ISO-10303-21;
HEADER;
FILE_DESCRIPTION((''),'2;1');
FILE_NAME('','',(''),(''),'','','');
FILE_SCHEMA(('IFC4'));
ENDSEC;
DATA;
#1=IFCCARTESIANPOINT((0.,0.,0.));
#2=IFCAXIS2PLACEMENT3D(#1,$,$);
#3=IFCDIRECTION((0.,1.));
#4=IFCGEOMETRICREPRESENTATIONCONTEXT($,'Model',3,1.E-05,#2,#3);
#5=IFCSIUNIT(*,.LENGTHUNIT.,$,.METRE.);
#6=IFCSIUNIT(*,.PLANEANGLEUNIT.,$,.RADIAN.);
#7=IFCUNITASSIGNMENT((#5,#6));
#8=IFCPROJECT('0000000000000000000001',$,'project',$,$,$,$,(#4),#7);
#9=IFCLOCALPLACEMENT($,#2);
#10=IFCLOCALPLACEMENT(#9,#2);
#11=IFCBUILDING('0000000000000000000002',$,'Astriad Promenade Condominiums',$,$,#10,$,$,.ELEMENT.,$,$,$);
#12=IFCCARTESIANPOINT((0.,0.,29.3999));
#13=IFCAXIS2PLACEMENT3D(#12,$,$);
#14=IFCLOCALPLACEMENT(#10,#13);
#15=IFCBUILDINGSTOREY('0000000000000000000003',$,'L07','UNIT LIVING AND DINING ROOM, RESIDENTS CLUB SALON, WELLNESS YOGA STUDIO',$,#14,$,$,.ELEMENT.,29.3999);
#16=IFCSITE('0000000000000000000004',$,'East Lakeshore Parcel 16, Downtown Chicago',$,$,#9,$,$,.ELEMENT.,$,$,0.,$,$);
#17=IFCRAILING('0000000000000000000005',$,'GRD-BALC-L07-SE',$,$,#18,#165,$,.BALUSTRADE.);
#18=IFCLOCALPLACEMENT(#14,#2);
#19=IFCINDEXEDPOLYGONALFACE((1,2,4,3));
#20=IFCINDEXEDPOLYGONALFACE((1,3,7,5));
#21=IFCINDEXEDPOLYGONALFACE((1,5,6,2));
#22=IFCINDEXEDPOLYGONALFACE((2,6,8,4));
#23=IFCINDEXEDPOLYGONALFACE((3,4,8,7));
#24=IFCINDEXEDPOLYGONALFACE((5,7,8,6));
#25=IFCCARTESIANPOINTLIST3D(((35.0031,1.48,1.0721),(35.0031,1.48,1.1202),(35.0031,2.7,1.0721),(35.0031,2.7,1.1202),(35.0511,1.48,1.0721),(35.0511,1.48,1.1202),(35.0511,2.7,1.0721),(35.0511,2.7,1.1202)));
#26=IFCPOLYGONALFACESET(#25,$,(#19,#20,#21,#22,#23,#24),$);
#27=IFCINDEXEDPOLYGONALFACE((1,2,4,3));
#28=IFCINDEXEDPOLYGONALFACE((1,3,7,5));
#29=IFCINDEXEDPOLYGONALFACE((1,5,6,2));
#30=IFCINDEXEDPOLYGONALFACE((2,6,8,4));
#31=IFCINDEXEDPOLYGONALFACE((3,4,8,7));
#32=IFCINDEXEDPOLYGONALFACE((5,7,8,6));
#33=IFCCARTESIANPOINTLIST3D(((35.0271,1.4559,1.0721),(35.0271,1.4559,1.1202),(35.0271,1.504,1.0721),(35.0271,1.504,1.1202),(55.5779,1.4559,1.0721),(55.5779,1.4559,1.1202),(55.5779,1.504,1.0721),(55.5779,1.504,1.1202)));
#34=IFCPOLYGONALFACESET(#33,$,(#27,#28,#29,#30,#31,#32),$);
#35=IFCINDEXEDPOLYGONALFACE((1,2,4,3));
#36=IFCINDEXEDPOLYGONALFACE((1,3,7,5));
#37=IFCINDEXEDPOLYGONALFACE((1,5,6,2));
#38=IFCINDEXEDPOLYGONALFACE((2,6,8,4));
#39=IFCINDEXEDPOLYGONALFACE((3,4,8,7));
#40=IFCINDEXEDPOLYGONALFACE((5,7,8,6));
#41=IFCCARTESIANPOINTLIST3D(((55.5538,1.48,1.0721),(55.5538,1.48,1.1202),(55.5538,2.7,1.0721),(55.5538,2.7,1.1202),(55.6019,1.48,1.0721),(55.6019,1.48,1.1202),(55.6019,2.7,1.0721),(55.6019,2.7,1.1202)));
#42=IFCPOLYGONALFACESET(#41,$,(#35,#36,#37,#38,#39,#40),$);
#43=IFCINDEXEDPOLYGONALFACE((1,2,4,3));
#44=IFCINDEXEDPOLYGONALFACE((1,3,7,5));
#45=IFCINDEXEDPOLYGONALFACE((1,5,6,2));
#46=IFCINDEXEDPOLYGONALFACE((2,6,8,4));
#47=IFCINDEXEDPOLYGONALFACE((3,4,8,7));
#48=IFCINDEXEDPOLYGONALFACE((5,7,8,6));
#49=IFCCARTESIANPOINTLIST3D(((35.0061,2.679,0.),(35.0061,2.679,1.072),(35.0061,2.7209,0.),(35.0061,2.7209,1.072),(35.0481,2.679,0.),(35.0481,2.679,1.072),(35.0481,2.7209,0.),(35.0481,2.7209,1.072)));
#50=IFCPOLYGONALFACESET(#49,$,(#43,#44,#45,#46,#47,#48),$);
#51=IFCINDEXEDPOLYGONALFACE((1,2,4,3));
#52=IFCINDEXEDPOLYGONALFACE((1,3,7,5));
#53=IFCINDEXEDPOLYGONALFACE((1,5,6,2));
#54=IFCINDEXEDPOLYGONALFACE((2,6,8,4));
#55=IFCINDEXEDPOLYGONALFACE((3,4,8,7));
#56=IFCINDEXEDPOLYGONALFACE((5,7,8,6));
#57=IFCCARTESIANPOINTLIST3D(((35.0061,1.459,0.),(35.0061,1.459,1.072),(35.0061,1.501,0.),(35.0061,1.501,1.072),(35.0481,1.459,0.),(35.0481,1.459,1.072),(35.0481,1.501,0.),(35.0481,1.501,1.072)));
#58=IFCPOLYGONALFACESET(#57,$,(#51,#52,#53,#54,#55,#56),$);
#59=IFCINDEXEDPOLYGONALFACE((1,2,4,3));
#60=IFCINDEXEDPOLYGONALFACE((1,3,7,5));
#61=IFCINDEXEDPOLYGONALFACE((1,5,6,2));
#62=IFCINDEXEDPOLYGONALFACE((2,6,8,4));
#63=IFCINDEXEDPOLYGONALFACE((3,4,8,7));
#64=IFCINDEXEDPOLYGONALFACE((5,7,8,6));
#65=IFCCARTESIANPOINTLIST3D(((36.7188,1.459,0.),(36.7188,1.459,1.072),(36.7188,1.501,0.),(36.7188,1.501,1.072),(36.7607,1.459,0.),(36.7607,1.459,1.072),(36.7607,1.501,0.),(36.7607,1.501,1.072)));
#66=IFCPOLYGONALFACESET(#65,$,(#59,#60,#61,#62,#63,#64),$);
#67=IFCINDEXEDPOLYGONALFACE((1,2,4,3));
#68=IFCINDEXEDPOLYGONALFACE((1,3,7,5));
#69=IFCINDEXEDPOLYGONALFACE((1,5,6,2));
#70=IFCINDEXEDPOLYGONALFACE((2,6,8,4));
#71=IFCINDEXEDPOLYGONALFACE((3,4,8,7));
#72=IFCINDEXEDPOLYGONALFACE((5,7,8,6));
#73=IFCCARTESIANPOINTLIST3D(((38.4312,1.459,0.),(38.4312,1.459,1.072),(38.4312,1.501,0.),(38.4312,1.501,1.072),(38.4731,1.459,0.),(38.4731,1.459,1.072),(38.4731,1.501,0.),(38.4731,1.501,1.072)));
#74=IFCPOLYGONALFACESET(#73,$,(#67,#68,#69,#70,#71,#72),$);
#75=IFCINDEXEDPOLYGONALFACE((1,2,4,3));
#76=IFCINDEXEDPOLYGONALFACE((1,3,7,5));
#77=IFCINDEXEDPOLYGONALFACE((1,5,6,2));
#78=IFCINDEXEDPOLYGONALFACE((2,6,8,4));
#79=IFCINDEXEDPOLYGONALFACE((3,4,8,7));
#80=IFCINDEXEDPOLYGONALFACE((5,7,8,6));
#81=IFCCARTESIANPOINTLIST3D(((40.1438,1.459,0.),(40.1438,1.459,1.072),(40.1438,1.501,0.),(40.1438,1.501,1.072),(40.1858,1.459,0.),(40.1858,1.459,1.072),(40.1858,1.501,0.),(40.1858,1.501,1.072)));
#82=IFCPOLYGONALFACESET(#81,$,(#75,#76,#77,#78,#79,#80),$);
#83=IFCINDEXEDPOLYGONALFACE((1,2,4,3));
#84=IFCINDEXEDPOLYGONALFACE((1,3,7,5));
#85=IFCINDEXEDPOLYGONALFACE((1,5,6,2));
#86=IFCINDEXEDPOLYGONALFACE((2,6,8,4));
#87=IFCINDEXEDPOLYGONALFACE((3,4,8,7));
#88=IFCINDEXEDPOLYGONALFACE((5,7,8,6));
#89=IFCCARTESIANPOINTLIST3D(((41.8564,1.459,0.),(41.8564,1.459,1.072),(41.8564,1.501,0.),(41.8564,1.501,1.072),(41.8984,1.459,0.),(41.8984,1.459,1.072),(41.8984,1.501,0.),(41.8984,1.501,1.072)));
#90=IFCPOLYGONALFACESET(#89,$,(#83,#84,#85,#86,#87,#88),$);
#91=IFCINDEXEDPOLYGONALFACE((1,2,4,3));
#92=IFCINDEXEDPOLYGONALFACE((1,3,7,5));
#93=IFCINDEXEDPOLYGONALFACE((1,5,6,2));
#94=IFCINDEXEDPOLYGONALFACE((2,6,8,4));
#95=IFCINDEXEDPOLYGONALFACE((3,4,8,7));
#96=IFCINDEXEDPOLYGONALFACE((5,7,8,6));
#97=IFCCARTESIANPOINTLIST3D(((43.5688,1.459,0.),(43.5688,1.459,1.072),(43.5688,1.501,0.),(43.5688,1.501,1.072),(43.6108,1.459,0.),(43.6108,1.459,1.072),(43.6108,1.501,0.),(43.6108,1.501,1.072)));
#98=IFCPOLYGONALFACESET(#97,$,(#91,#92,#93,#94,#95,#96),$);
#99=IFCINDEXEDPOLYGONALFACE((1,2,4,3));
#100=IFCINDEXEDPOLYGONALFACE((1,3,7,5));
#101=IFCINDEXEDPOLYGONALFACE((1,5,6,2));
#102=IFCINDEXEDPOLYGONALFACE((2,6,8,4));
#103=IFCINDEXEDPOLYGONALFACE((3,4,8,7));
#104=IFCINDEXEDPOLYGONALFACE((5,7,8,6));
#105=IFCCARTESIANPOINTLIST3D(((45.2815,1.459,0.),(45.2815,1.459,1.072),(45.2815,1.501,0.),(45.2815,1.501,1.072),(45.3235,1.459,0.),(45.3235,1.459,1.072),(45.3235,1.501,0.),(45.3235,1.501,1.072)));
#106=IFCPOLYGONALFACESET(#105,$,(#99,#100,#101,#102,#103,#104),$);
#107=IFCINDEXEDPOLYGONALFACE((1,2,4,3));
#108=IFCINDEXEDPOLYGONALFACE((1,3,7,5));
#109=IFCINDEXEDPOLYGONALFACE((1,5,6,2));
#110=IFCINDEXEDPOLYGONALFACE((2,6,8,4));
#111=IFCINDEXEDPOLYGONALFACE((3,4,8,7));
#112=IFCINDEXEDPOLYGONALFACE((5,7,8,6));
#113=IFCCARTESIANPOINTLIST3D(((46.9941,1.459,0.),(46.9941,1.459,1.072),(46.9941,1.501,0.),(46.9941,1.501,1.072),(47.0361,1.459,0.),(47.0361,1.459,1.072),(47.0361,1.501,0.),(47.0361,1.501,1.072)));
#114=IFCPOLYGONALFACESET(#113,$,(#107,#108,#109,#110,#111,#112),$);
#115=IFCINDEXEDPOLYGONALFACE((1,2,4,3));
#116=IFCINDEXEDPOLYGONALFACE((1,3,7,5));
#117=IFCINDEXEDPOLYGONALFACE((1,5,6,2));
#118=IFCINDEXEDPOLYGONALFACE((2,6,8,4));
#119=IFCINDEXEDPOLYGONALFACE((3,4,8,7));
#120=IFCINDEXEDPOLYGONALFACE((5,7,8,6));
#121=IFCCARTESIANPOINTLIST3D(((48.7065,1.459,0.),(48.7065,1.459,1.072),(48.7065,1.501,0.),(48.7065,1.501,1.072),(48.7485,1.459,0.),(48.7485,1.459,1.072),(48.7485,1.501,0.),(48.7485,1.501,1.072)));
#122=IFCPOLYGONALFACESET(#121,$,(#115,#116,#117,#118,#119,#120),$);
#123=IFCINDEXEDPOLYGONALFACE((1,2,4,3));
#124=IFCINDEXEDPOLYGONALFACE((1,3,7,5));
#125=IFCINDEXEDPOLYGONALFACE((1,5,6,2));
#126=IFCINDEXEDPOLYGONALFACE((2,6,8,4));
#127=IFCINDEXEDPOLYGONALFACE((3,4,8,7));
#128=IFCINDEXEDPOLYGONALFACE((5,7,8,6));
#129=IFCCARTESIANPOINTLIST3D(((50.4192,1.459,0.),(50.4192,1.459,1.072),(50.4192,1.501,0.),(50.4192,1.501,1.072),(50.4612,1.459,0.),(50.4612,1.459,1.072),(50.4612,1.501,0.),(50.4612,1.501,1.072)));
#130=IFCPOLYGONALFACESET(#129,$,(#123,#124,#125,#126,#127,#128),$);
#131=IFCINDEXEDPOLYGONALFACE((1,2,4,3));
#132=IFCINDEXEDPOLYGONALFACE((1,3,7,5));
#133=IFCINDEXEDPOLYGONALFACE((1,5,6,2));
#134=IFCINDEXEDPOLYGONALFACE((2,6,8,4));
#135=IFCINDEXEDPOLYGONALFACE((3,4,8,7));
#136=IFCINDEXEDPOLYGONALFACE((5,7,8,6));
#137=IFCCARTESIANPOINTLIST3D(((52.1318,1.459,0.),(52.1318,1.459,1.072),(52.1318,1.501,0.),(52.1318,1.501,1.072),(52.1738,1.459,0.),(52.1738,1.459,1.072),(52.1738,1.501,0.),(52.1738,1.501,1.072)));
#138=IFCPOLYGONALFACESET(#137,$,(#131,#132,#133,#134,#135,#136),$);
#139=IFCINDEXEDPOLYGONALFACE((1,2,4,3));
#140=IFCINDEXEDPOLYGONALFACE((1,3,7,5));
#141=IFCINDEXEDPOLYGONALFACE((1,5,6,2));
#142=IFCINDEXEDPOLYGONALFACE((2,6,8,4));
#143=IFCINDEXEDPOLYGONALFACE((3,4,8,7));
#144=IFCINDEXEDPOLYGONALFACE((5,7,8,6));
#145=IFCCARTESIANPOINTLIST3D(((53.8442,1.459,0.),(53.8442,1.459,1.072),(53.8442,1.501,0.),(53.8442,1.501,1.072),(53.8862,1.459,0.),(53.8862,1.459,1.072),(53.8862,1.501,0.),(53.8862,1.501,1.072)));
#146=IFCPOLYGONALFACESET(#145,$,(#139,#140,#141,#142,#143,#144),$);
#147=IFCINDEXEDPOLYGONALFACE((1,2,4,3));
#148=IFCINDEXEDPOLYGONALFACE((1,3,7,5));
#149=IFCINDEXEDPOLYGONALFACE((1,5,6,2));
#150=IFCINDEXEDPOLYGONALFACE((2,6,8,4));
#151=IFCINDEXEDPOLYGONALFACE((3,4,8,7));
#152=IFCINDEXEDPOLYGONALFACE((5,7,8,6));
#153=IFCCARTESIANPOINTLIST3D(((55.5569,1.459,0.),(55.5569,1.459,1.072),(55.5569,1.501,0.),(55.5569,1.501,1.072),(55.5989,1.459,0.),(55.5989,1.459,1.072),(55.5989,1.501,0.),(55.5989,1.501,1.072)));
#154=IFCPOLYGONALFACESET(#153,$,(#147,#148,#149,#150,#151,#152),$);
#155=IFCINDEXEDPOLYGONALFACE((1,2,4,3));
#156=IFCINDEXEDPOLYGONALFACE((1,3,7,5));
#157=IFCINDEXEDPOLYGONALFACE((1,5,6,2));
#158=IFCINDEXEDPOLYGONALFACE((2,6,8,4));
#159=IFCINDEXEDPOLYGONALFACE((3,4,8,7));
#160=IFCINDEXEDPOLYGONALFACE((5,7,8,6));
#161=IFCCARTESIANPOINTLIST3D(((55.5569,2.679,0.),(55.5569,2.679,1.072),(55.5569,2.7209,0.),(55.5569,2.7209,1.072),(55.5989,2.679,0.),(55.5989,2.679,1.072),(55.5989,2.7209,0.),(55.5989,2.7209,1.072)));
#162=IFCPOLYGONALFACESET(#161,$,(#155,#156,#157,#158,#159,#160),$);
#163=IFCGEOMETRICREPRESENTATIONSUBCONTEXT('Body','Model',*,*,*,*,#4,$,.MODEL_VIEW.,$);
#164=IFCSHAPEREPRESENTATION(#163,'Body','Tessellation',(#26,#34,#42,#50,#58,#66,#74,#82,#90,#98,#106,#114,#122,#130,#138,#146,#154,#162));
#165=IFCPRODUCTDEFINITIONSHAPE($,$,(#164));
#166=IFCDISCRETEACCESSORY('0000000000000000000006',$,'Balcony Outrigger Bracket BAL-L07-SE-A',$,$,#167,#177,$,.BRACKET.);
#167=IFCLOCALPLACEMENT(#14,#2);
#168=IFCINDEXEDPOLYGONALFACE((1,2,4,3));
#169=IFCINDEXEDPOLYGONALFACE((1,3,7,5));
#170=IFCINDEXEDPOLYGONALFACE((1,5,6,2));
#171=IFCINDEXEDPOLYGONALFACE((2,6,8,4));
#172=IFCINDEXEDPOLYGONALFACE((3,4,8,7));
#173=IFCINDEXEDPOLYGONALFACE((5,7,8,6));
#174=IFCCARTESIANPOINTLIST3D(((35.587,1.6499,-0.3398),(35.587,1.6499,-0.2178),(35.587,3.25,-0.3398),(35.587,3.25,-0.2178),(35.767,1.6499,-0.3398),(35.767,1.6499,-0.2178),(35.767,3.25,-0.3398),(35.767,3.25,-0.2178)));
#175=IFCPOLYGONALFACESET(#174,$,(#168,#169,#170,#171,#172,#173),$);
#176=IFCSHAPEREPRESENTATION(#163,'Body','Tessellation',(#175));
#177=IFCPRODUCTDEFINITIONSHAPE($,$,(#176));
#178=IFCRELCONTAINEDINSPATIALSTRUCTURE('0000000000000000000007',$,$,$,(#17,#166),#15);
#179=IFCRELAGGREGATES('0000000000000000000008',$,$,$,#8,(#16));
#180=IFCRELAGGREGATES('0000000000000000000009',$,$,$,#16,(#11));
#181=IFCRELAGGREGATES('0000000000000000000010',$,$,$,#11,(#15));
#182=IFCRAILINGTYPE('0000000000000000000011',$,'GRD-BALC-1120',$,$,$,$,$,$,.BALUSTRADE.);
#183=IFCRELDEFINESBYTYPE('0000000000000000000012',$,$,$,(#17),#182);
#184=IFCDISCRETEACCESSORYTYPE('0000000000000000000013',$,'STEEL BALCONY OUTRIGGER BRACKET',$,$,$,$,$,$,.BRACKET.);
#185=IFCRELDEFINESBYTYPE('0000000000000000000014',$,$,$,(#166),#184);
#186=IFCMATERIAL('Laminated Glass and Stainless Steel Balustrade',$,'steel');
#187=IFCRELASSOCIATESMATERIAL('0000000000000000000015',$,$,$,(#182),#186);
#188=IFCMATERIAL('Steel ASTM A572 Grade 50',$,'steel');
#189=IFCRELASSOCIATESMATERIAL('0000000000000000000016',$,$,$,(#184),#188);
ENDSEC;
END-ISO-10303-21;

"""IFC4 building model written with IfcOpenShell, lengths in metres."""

from ifc_helpers import new_model, si_unit, direction, frame, origin, origin_2d, place, context, subcontext, project, spatial, rectangle, extrude, source, transform, mapped, material, type_object, type_shapes, element, save


model = new_model("IFC4")

# Units and contexts
model_context = context("Model", 3, precision=1e-05, world=origin(), true_north=direction((0.0, 1.0)))
body_context = subcontext(model_context, "Body", "Model", "MODEL_VIEW")
ifc_project = project(units=[si_unit("LENGTHUNIT", "METRE"), si_unit("PLANEANGLEUNIT", "RADIAN")], contexts=[model_context])

# Site, building, storey
site_placement = place(None, origin())
site = spatial("IfcSite", under=ifc_project, at=site_placement, Name="East Lakeshore Parcel 16, Downtown Chicago", CompositionType="ELEMENT", RefElevation=0.0)
building_placement = place(site_placement, origin())
building = spatial("IfcBuilding", under=site, at=building_placement, Name="Astriad Promenade Condominiums", CompositionType="ELEMENT")
storey_placement = place(building_placement, frame((0.0, 0.0, 29.3999)))
storey = spatial("IfcBuildingStorey", under=building, at=storey_placement, Name="L07", Description="UNIT LIVING AND DINING ROOM, RESIDENTS CLUB SALON, WELLNESS YOGA STUDIO", CompositionType="ELEMENT", Elevation=29.3999)

# Railing
ifc_material_1 = material(Name="Laminated Glass and Stainless Steel Balustrade", Category="steel")
railing_type = type_object("IfcRailingType", Name="GRD-BALC-1120", PredefinedType="BALUSTRADE", material=ifc_material_1)
shared_shape_1 = source(origin(), body_context, "Body", "SweptSolid", [
    extrude(rectangle(XDim=0.0481, YDim=0.0481, at=origin_2d()), frame((0.0, 0.0, 1.0962), z_axis=(0.0, -1.0, 0.0), x_axis=(1.0, 0.0, 0.0)), (0.0, 0.0, 1.0), 1.22),
    extrude(rectangle(XDim=0.0481, YDim=0.0481, at=origin_2d()), frame((0.0, -1.22, 1.0962), z_axis=(1.0, 0.0, 0.0), x_axis=(0.0, 1.0, 0.0)), (0.0, 0.0, 1.0), 20.5508),
    extrude(rectangle(XDim=0.0481, YDim=0.0481, at=origin_2d()), frame((20.5508, -1.22, 1.0962), z_axis=(0.0, 1.0, 0.0), x_axis=(-1.0, 0.0, 0.0)), (0.0, 0.0, 1.0), 1.22),
    extrude(rectangle(XDim=0.042, YDim=0.042, at=origin_2d()), origin(), (0.0, 0.0, 1.0), 1.072),
    extrude(rectangle(XDim=0.042, YDim=0.042, at=origin_2d()), frame((0.0, -1.22, 0.0)), (0.0, 0.0, 1.0), 1.072),
    extrude(rectangle(XDim=0.042, YDim=0.042, at=origin_2d()), frame((1.7126, -1.22, 0.0)), (0.0, 0.0, 1.0), 1.072),
    extrude(rectangle(XDim=0.042, YDim=0.042, at=origin_2d()), frame((3.425, -1.22, 0.0)), (0.0, 0.0, 1.0), 1.072),
    extrude(rectangle(XDim=0.042, YDim=0.042, at=origin_2d()), frame((5.1377, -1.22, 0.0)), (0.0, 0.0, 1.0), 1.072),
    extrude(rectangle(XDim=0.042, YDim=0.042, at=origin_2d()), frame((6.8503, -1.22, 0.0)), (0.0, 0.0, 1.0), 1.072),
    extrude(rectangle(XDim=0.042, YDim=0.042, at=origin_2d()), frame((8.5627, -1.22, 0.0)), (0.0, 0.0, 1.0), 1.072),
    extrude(rectangle(XDim=0.042, YDim=0.042, at=origin_2d()), frame((10.2754, -1.22, 0.0)), (0.0, 0.0, 1.0), 1.072),
    extrude(rectangle(XDim=0.042, YDim=0.042, at=origin_2d()), frame((11.988, -1.22, 0.0)), (0.0, 0.0, 1.0), 1.072),
    extrude(rectangle(XDim=0.042, YDim=0.042, at=origin_2d()), frame((13.7004, -1.22, 0.0)), (0.0, 0.0, 1.0), 1.072),
    extrude(rectangle(XDim=0.042, YDim=0.042, at=origin_2d()), frame((15.4131, -1.22, 0.0)), (0.0, 0.0, 1.0), 1.072),
    extrude(rectangle(XDim=0.042, YDim=0.042, at=origin_2d()), frame((17.1257, -1.22, 0.0)), (0.0, 0.0, 1.0), 1.072),
    extrude(rectangle(XDim=0.042, YDim=0.042, at=origin_2d()), frame((18.8381, -1.22, 0.0)), (0.0, 0.0, 1.0), 1.072),
    extrude(rectangle(XDim=0.042, YDim=0.042, at=origin_2d()), frame((20.5508, -1.22, 0.0)), (0.0, 0.0, 1.0), 1.072),
    extrude(rectangle(XDim=0.042, YDim=0.042, at=origin_2d()), frame((20.5508, 0.0, 0.0)), (0.0, 0.0, 1.0), 1.072),
])
type_shapes(railing_type, [shared_shape_1])
railing_placement = place(storey_placement, frame((35.0271, 2.7, 0.0)))
element("IfcRailing", 1, at=railing_placement, inside=storey, type_object=railing_type, Name="GRD-BALC-L07-SE", PredefinedType="BALUSTRADE", context=body_context, shape_type="MappedRepresentation", body=[
    mapped(shared_shape_1, transform((0.0, 0.0, 0.0), scale=1.0)),
])

# Discrete accessory
ifc_material_2 = material(Name="Steel ASTM A572 Grade 50", Category="steel")
discrete_accessory_type = type_object("IfcDiscreteAccessoryType", Name="STEEL BALCONY OUTRIGGER BRACKET", PredefinedType="BRACKET", material=ifc_material_2)
shared_shape_2 = source(origin(), body_context, "Body", "SweptSolid", [
    extrude(rectangle(XDim=1.6001, YDim=0.1799, at=origin_2d()), origin(), (0.0, 0.0, 1.0), 0.1221),
])
type_shapes(discrete_accessory_type, [shared_shape_2])
discrete_accessory_placement = place(storey_placement, frame((35.677, 2.45, -0.3398), z_axis=(0.0, 0.0, 1.0), x_axis=(0.0, -1.0, 0.0)))
element("IfcDiscreteAccessory", 2, at=discrete_accessory_placement, inside=storey, type_object=discrete_accessory_type, Name="Balcony Outrigger Bracket BAL-L07-SE-A", PredefinedType="BRACKET", context=body_context, shape_type="MappedRepresentation", body=[
    mapped(shared_shape_2, transform((0.0, 0.0, 0.0), scale=1.0)),
])

save(model, "model.ifc")
